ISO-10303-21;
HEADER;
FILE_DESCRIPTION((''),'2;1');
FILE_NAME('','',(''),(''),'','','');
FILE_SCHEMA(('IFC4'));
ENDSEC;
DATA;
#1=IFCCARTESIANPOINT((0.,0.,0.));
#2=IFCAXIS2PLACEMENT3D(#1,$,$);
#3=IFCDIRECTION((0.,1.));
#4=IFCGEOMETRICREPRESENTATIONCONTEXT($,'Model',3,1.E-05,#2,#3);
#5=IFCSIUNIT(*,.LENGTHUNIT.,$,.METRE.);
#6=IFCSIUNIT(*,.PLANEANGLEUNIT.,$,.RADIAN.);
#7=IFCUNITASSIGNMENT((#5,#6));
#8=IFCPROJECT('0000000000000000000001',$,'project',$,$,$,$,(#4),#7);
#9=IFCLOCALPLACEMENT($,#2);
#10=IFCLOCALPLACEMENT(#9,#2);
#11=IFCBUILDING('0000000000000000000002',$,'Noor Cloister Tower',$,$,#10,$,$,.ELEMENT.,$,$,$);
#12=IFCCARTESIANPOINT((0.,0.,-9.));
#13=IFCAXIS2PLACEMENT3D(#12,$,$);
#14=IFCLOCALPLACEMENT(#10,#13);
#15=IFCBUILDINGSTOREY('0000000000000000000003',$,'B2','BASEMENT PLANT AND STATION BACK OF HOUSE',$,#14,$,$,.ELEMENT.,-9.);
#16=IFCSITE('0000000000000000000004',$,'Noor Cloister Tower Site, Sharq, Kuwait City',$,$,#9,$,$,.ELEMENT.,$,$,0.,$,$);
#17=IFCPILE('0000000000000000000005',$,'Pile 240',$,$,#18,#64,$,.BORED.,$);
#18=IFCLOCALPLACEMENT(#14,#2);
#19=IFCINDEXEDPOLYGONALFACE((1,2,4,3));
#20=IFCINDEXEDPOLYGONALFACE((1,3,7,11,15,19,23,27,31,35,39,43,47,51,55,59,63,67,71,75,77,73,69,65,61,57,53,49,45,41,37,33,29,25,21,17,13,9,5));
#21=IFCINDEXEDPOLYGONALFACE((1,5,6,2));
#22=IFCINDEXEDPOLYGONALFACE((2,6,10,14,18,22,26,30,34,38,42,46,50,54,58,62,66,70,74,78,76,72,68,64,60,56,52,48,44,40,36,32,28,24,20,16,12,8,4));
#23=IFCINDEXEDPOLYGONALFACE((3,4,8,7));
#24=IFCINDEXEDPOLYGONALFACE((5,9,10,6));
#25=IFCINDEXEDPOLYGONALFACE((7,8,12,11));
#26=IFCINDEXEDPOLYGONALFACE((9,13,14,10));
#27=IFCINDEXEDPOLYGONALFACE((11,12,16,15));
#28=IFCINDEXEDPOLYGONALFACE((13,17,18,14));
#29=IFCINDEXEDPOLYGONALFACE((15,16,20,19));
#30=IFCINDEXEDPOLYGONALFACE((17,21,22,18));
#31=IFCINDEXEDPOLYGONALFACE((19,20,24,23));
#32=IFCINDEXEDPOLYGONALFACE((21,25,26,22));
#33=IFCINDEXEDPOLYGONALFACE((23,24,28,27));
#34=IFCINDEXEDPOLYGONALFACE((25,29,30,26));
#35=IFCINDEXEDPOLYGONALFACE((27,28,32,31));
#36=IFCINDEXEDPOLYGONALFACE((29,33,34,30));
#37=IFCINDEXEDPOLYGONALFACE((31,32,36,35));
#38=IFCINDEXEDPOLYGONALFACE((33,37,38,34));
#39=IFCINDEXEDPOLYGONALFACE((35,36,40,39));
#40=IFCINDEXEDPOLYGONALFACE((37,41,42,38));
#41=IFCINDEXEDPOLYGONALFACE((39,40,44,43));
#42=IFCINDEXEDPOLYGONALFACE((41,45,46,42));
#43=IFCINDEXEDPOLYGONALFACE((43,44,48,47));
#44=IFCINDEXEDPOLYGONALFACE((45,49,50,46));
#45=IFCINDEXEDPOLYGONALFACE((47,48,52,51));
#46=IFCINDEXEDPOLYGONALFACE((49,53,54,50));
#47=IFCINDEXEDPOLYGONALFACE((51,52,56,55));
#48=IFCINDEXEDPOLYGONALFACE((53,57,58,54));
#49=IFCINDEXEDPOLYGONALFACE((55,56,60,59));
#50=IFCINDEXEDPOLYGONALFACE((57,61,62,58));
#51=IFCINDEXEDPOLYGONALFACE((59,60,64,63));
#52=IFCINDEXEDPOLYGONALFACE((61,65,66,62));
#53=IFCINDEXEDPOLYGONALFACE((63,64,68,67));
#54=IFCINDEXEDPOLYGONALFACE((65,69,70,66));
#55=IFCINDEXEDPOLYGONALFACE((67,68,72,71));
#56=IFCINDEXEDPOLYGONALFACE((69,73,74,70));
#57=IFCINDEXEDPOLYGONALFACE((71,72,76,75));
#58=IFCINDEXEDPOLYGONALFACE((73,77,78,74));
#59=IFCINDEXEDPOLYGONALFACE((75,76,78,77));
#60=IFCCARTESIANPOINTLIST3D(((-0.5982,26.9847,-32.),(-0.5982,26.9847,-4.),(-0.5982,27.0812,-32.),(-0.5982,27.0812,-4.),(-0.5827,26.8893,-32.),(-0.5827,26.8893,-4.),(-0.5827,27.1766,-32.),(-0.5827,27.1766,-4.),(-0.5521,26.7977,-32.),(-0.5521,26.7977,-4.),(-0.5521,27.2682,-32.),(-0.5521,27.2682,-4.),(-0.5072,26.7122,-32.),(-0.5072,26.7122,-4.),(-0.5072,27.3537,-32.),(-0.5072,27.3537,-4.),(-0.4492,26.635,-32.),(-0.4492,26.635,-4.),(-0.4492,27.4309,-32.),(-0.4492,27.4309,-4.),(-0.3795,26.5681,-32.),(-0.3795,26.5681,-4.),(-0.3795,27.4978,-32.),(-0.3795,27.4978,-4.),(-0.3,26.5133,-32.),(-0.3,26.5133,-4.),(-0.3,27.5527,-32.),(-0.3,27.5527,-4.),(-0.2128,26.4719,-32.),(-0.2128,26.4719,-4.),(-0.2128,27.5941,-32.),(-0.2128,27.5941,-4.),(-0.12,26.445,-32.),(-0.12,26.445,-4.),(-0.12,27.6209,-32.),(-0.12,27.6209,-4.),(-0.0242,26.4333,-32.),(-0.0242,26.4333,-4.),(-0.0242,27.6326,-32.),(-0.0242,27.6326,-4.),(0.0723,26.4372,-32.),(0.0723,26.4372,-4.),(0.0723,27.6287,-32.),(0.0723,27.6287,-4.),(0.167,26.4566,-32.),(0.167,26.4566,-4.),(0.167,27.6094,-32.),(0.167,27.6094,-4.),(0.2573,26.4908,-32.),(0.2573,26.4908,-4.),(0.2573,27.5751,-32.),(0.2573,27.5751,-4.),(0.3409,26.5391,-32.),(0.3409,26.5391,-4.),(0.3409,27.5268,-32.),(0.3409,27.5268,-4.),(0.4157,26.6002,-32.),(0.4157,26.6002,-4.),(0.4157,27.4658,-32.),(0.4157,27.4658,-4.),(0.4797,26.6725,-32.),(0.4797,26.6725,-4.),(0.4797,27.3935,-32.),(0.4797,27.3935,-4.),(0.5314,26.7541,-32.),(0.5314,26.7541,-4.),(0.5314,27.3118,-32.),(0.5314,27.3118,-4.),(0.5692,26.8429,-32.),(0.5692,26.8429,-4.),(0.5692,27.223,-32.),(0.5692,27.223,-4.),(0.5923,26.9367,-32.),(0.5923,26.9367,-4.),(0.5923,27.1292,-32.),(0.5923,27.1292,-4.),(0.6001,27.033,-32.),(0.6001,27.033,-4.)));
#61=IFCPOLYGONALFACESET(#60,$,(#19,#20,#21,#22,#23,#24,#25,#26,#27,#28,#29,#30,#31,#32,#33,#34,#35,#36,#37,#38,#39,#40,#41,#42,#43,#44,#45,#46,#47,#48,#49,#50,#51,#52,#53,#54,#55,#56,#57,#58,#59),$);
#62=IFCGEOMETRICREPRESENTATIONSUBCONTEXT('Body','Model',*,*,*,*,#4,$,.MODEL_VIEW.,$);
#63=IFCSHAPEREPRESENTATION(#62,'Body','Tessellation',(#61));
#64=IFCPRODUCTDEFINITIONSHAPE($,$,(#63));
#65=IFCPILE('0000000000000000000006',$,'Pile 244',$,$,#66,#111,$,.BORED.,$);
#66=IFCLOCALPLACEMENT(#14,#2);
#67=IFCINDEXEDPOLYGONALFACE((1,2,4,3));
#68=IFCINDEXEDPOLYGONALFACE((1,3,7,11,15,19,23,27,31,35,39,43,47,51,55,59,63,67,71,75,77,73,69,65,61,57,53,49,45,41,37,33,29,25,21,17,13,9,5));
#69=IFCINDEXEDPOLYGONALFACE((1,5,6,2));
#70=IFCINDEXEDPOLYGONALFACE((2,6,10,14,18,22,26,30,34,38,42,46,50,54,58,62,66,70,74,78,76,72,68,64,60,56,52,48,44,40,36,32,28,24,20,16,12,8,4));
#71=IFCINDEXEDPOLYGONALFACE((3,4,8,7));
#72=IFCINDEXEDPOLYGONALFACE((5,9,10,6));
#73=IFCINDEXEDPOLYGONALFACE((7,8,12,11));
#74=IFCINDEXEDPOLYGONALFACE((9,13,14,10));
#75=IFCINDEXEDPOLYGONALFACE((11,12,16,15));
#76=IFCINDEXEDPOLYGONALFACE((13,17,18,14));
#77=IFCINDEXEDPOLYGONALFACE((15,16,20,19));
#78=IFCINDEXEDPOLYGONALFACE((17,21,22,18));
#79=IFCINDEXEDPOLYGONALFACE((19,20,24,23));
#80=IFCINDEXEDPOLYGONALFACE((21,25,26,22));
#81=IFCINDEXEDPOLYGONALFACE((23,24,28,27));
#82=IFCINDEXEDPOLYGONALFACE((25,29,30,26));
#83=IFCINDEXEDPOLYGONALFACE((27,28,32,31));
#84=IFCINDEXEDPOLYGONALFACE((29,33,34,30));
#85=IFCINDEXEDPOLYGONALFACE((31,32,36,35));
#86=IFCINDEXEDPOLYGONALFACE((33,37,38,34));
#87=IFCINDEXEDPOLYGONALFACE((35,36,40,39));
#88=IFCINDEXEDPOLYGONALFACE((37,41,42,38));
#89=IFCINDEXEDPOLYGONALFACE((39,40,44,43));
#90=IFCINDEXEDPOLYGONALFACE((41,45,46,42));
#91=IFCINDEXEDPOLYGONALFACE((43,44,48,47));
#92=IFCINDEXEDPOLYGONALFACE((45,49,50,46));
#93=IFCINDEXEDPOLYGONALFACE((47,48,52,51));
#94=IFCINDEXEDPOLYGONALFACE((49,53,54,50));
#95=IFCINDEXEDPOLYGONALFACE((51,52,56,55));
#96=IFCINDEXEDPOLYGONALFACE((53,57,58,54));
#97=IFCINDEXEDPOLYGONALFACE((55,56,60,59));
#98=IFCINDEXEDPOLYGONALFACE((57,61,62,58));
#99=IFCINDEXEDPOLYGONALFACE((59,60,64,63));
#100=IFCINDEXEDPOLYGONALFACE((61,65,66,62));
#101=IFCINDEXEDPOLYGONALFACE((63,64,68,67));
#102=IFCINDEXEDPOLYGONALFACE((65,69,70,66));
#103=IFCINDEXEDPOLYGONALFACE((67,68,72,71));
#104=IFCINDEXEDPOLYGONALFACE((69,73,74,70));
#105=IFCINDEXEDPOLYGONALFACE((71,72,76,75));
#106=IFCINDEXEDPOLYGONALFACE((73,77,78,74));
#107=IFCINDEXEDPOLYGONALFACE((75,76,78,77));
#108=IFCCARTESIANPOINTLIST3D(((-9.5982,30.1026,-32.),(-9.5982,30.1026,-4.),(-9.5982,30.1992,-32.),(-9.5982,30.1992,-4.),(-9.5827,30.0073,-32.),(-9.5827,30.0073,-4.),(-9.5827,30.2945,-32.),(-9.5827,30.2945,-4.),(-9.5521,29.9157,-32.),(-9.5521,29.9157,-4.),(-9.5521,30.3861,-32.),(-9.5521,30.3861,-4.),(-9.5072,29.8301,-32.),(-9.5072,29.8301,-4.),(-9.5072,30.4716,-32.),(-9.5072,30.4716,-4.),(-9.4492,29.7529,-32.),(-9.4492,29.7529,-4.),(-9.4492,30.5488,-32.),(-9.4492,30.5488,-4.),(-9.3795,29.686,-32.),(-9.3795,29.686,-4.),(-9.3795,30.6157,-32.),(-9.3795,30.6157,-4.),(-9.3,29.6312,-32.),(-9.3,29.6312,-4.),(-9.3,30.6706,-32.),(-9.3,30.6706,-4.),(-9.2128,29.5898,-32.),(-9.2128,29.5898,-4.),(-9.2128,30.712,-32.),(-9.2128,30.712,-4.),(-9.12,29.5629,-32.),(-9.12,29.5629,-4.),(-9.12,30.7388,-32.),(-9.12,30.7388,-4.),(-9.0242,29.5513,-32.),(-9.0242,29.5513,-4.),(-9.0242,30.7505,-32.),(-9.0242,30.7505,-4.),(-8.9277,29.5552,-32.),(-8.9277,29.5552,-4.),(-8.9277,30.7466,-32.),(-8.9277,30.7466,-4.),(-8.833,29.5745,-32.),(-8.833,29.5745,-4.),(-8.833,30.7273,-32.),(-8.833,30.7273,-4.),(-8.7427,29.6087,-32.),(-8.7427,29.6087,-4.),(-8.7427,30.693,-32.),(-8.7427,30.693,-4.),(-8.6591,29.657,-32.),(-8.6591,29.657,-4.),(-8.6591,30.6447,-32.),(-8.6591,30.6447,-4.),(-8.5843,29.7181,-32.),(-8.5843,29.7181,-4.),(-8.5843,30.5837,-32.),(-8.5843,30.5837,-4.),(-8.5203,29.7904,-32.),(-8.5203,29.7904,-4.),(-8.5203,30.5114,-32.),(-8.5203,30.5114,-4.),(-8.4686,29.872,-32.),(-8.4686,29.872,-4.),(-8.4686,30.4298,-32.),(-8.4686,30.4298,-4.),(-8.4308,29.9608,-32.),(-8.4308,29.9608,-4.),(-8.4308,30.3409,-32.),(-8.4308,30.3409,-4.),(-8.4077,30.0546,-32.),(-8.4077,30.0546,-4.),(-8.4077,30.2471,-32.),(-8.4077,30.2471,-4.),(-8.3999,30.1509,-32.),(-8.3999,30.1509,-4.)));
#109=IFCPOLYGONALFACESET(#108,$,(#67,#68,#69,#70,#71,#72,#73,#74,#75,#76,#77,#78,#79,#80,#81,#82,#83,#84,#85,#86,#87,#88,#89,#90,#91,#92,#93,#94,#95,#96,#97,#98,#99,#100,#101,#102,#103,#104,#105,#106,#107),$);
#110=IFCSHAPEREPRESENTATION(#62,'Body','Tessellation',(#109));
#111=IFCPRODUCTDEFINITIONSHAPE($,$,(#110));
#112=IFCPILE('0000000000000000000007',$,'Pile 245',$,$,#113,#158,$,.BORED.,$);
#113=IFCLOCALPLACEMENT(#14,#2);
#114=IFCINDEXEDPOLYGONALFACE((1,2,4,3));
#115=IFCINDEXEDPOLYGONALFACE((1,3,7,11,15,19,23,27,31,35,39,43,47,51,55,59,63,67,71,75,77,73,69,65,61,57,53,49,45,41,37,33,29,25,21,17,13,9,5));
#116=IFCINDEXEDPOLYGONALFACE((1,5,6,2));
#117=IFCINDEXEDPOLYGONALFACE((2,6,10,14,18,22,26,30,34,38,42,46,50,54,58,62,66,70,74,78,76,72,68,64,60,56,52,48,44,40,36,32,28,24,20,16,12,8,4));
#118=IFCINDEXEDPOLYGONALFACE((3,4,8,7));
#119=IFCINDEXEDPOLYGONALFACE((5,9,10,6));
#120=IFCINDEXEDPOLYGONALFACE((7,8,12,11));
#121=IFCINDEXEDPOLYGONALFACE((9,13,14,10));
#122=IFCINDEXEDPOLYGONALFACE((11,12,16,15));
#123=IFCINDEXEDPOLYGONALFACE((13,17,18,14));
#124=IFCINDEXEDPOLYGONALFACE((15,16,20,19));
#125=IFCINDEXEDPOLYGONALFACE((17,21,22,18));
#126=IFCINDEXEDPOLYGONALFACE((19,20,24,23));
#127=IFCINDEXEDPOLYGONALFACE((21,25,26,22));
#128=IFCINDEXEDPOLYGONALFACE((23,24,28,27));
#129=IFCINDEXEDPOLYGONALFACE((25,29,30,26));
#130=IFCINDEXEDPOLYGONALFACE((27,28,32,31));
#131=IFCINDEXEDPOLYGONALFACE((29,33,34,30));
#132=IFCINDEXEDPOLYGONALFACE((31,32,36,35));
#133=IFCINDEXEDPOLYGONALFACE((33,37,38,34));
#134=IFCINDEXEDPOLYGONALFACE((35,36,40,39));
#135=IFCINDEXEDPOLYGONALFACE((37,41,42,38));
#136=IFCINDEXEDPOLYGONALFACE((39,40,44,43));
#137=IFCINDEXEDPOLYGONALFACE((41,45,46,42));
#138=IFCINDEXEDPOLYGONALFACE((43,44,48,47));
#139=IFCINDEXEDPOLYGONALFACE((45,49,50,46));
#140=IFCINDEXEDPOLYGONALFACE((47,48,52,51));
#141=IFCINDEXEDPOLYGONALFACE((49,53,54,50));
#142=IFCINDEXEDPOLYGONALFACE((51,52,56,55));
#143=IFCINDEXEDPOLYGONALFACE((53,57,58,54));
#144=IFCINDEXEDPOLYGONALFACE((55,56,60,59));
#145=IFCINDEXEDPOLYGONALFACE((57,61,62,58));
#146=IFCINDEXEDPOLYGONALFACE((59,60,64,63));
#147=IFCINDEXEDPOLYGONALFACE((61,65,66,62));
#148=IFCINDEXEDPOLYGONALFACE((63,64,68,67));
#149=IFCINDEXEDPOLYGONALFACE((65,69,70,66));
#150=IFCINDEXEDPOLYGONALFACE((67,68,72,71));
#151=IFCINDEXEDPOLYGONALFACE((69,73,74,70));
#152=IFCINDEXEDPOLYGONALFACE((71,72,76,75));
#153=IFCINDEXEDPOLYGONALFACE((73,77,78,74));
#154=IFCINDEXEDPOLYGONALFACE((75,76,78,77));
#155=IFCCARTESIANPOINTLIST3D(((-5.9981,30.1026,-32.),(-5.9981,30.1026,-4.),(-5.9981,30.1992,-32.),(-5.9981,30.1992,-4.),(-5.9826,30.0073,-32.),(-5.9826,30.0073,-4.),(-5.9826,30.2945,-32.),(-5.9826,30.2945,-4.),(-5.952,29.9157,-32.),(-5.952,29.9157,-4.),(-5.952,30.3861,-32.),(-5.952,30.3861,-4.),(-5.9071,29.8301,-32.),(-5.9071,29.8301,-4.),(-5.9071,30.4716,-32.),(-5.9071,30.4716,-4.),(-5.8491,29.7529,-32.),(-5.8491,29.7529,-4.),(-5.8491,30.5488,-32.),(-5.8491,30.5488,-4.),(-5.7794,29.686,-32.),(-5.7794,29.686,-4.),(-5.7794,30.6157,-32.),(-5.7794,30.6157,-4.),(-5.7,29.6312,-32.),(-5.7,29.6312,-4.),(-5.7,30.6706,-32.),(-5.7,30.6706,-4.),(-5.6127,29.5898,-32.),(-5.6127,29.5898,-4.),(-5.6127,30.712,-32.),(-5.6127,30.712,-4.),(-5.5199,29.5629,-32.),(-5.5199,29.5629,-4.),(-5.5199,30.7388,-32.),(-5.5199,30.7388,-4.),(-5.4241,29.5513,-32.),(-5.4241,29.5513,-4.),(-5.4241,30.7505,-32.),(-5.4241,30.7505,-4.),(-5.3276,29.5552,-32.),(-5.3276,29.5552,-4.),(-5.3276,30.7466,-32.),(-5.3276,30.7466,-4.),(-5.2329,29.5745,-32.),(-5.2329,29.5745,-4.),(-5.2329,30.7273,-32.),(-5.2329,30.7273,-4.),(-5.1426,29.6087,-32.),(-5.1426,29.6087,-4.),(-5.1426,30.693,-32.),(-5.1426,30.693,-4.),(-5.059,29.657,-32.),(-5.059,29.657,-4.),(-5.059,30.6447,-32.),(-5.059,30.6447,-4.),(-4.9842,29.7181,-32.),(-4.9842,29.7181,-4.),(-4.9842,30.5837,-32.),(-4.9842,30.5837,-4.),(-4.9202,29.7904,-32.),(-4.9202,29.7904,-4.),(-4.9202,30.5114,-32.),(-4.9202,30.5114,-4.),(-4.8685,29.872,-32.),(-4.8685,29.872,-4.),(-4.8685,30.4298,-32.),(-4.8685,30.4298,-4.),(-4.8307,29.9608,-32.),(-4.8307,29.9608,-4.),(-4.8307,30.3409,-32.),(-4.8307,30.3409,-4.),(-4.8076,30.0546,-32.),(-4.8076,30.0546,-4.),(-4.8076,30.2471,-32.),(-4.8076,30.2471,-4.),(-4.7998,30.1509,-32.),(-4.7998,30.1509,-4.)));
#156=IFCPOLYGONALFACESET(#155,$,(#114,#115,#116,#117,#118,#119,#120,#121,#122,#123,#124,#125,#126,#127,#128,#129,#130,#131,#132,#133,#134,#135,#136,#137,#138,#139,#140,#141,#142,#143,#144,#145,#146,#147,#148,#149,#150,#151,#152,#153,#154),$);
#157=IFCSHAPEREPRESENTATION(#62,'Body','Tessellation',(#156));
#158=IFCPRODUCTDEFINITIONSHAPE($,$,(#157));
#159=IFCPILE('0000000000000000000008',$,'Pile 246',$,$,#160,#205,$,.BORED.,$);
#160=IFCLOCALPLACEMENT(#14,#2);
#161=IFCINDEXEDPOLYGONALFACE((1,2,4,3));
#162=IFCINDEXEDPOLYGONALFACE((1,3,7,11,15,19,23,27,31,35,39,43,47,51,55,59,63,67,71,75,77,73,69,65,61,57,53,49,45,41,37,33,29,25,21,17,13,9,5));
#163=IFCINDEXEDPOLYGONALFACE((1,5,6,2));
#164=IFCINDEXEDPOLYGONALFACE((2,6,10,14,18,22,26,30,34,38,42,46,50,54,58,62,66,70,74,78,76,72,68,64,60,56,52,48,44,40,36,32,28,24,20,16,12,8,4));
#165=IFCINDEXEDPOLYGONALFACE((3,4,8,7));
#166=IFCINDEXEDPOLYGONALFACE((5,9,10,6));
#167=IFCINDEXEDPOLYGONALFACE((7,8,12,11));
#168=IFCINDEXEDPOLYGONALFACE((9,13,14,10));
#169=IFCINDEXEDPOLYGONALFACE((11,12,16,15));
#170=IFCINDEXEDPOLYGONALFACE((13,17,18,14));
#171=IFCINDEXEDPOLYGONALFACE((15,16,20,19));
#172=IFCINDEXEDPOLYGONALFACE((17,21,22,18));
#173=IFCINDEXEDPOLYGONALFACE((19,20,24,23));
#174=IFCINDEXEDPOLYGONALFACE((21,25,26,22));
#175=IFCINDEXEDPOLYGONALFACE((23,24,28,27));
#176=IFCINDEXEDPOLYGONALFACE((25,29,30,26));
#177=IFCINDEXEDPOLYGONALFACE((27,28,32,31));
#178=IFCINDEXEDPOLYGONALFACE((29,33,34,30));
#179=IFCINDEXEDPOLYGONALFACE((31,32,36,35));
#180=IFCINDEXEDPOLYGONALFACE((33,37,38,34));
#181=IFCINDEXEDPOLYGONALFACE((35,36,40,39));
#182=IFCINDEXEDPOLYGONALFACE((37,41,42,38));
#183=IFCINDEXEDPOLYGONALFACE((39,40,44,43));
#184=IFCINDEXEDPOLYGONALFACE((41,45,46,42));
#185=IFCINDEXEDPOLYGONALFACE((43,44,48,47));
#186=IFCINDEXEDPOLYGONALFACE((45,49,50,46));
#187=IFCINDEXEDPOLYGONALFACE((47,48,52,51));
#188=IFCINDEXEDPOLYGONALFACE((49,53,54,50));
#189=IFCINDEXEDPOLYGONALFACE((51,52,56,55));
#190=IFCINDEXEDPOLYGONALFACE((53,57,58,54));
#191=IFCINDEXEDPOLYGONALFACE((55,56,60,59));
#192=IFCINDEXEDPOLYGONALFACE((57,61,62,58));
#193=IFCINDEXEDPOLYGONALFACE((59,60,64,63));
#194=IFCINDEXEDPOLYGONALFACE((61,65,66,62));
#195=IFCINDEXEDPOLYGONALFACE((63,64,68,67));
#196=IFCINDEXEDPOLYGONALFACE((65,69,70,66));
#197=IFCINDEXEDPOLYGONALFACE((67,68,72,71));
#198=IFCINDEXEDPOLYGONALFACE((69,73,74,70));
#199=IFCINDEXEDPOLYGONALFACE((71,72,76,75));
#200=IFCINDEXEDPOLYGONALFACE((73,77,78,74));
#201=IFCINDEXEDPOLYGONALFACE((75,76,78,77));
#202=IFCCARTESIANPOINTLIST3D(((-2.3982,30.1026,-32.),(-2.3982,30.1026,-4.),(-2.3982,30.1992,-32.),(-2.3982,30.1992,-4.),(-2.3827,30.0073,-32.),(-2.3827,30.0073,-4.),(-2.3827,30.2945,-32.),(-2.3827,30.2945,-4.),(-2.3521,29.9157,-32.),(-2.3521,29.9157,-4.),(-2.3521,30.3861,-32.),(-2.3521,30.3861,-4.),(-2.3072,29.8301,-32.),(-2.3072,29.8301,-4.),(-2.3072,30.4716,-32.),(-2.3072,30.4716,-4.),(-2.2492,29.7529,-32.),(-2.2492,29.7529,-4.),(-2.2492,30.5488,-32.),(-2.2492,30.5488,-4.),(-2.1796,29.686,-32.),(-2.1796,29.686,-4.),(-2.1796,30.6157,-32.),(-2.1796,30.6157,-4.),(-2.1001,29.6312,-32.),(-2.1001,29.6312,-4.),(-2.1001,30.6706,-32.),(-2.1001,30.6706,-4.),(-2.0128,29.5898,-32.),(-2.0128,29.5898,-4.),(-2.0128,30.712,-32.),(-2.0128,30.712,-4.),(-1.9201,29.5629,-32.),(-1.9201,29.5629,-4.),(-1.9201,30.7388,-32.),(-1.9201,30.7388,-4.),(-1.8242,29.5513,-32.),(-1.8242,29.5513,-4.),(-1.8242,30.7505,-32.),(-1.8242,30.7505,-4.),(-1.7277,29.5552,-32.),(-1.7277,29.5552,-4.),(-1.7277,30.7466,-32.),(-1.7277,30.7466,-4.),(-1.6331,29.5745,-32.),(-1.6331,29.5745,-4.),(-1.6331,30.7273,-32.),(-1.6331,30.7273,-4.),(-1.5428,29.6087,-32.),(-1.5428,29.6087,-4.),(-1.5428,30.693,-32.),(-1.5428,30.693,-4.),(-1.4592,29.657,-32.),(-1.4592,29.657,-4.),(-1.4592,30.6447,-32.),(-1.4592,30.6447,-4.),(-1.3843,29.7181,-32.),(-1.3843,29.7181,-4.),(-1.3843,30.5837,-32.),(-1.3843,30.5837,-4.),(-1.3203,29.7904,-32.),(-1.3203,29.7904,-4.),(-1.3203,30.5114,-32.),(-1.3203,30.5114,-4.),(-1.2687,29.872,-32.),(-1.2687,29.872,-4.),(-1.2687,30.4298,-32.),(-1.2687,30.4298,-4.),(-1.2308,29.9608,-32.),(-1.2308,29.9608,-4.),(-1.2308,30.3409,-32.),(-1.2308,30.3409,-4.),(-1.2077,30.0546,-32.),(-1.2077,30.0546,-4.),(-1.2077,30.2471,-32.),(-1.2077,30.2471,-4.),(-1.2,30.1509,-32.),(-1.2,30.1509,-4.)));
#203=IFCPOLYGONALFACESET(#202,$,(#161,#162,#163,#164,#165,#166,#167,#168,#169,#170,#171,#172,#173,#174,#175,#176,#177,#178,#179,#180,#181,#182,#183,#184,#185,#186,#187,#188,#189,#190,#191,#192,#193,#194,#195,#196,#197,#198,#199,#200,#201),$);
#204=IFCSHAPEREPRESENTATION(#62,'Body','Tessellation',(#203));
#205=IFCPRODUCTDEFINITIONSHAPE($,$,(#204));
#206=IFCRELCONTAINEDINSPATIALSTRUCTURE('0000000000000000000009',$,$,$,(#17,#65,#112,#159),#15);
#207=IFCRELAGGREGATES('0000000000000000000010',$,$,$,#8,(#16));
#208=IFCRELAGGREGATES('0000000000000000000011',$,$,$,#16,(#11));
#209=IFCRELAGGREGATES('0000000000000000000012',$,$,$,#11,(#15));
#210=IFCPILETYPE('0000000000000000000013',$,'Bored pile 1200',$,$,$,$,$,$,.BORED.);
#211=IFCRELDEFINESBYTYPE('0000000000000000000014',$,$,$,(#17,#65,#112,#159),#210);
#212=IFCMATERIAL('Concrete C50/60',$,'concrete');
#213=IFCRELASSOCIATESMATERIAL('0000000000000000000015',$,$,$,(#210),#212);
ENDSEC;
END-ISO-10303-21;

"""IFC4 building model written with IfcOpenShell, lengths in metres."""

from ifc_helpers import new_model, si_unit, direction, frame, origin, origin_2d, place, context, subcontext, project, spatial, circle, extrude, material, material_profile, profile_set, type_object, element, save


model = new_model("IFC4")

# Units and contexts
model_context = context("Model", 3, precision=1e-05, world=origin(), true_north=direction((0.0, 1.0)))
body_context = subcontext(model_context, "Body", "Model", "MODEL_VIEW")
ifc_project = project(units=[si_unit("LENGTHUNIT", "METRE"), si_unit("PLANEANGLEUNIT", "RADIAN")], contexts=[model_context])

# Site, building, storey
site_placement = place(None, origin())
site = spatial("IfcSite", under=ifc_project, at=site_placement, Name="Noor Cloister Tower Site, Sharq, Kuwait City", CompositionType="ELEMENT", RefElevation=0.0)
building_placement = place(site_placement, origin())
building = spatial("IfcBuilding", under=site, at=building_placement, Name="Noor Cloister Tower", CompositionType="ELEMENT")
storey_placement = place(building_placement, frame((0.0, 0.0, -9.0)))
storey = spatial("IfcBuildingStorey", under=building, at=storey_placement, Name="B2", Description="BASEMENT PLANT AND STATION BACK OF HOUSE", CompositionType="ELEMENT", Elevation=-9.0)

# Piles
ifc_material_1 = material(Name="Concrete C50/60", Category="concrete")
ifc_material_profile_1 = material_profile(ifc_material_1, circle(Radius=0.6001, at=origin_2d()), Name="Bored pile 1200")
ifc_profile_set_1 = profile_set([ifc_material_profile_1], Name="Concrete C50/60")
pile_type = type_object("IfcPileType", Name="Bored pile 1200", PredefinedType="BORED", material=ifc_profile_set_1)
for number, where, z_axis, x_axis, name in (
    (1, (0.0, 27.033, -4.0), (0.0, 0.0, -1.0), (1.0, 0.0, 0.0), "Pile 240"),
    (2, (-9.0, 30.1509, -4.0), (0.0, 0.0, -1.0), (1.0, 0.0, 0.0), "Pile 244"),
    (3, (-5.3999, 30.1509, -4.0), (0.0, 0.0, -1.0), (1.0, 0.0, 0.0), "Pile 245"),
    (4, (-1.8, 30.1509, -4.0), (0.0, 0.0, -1.0), (1.0, 0.0, 0.0), "Pile 246"),
):
    element("IfcPile", number, at=place(storey_placement, frame(where, z_axis=z_axis, x_axis=x_axis)), inside=storey, type_object=pile_type, Name=name, PredefinedType="BORED", context=body_context, shape_type="SweptSolid", body=[
        extrude(circle(Radius=0.6001, at=origin_2d()), origin(), (0.0, 0.0, 1.0), 28.0),
    ])

save(model, "model.ifc")
